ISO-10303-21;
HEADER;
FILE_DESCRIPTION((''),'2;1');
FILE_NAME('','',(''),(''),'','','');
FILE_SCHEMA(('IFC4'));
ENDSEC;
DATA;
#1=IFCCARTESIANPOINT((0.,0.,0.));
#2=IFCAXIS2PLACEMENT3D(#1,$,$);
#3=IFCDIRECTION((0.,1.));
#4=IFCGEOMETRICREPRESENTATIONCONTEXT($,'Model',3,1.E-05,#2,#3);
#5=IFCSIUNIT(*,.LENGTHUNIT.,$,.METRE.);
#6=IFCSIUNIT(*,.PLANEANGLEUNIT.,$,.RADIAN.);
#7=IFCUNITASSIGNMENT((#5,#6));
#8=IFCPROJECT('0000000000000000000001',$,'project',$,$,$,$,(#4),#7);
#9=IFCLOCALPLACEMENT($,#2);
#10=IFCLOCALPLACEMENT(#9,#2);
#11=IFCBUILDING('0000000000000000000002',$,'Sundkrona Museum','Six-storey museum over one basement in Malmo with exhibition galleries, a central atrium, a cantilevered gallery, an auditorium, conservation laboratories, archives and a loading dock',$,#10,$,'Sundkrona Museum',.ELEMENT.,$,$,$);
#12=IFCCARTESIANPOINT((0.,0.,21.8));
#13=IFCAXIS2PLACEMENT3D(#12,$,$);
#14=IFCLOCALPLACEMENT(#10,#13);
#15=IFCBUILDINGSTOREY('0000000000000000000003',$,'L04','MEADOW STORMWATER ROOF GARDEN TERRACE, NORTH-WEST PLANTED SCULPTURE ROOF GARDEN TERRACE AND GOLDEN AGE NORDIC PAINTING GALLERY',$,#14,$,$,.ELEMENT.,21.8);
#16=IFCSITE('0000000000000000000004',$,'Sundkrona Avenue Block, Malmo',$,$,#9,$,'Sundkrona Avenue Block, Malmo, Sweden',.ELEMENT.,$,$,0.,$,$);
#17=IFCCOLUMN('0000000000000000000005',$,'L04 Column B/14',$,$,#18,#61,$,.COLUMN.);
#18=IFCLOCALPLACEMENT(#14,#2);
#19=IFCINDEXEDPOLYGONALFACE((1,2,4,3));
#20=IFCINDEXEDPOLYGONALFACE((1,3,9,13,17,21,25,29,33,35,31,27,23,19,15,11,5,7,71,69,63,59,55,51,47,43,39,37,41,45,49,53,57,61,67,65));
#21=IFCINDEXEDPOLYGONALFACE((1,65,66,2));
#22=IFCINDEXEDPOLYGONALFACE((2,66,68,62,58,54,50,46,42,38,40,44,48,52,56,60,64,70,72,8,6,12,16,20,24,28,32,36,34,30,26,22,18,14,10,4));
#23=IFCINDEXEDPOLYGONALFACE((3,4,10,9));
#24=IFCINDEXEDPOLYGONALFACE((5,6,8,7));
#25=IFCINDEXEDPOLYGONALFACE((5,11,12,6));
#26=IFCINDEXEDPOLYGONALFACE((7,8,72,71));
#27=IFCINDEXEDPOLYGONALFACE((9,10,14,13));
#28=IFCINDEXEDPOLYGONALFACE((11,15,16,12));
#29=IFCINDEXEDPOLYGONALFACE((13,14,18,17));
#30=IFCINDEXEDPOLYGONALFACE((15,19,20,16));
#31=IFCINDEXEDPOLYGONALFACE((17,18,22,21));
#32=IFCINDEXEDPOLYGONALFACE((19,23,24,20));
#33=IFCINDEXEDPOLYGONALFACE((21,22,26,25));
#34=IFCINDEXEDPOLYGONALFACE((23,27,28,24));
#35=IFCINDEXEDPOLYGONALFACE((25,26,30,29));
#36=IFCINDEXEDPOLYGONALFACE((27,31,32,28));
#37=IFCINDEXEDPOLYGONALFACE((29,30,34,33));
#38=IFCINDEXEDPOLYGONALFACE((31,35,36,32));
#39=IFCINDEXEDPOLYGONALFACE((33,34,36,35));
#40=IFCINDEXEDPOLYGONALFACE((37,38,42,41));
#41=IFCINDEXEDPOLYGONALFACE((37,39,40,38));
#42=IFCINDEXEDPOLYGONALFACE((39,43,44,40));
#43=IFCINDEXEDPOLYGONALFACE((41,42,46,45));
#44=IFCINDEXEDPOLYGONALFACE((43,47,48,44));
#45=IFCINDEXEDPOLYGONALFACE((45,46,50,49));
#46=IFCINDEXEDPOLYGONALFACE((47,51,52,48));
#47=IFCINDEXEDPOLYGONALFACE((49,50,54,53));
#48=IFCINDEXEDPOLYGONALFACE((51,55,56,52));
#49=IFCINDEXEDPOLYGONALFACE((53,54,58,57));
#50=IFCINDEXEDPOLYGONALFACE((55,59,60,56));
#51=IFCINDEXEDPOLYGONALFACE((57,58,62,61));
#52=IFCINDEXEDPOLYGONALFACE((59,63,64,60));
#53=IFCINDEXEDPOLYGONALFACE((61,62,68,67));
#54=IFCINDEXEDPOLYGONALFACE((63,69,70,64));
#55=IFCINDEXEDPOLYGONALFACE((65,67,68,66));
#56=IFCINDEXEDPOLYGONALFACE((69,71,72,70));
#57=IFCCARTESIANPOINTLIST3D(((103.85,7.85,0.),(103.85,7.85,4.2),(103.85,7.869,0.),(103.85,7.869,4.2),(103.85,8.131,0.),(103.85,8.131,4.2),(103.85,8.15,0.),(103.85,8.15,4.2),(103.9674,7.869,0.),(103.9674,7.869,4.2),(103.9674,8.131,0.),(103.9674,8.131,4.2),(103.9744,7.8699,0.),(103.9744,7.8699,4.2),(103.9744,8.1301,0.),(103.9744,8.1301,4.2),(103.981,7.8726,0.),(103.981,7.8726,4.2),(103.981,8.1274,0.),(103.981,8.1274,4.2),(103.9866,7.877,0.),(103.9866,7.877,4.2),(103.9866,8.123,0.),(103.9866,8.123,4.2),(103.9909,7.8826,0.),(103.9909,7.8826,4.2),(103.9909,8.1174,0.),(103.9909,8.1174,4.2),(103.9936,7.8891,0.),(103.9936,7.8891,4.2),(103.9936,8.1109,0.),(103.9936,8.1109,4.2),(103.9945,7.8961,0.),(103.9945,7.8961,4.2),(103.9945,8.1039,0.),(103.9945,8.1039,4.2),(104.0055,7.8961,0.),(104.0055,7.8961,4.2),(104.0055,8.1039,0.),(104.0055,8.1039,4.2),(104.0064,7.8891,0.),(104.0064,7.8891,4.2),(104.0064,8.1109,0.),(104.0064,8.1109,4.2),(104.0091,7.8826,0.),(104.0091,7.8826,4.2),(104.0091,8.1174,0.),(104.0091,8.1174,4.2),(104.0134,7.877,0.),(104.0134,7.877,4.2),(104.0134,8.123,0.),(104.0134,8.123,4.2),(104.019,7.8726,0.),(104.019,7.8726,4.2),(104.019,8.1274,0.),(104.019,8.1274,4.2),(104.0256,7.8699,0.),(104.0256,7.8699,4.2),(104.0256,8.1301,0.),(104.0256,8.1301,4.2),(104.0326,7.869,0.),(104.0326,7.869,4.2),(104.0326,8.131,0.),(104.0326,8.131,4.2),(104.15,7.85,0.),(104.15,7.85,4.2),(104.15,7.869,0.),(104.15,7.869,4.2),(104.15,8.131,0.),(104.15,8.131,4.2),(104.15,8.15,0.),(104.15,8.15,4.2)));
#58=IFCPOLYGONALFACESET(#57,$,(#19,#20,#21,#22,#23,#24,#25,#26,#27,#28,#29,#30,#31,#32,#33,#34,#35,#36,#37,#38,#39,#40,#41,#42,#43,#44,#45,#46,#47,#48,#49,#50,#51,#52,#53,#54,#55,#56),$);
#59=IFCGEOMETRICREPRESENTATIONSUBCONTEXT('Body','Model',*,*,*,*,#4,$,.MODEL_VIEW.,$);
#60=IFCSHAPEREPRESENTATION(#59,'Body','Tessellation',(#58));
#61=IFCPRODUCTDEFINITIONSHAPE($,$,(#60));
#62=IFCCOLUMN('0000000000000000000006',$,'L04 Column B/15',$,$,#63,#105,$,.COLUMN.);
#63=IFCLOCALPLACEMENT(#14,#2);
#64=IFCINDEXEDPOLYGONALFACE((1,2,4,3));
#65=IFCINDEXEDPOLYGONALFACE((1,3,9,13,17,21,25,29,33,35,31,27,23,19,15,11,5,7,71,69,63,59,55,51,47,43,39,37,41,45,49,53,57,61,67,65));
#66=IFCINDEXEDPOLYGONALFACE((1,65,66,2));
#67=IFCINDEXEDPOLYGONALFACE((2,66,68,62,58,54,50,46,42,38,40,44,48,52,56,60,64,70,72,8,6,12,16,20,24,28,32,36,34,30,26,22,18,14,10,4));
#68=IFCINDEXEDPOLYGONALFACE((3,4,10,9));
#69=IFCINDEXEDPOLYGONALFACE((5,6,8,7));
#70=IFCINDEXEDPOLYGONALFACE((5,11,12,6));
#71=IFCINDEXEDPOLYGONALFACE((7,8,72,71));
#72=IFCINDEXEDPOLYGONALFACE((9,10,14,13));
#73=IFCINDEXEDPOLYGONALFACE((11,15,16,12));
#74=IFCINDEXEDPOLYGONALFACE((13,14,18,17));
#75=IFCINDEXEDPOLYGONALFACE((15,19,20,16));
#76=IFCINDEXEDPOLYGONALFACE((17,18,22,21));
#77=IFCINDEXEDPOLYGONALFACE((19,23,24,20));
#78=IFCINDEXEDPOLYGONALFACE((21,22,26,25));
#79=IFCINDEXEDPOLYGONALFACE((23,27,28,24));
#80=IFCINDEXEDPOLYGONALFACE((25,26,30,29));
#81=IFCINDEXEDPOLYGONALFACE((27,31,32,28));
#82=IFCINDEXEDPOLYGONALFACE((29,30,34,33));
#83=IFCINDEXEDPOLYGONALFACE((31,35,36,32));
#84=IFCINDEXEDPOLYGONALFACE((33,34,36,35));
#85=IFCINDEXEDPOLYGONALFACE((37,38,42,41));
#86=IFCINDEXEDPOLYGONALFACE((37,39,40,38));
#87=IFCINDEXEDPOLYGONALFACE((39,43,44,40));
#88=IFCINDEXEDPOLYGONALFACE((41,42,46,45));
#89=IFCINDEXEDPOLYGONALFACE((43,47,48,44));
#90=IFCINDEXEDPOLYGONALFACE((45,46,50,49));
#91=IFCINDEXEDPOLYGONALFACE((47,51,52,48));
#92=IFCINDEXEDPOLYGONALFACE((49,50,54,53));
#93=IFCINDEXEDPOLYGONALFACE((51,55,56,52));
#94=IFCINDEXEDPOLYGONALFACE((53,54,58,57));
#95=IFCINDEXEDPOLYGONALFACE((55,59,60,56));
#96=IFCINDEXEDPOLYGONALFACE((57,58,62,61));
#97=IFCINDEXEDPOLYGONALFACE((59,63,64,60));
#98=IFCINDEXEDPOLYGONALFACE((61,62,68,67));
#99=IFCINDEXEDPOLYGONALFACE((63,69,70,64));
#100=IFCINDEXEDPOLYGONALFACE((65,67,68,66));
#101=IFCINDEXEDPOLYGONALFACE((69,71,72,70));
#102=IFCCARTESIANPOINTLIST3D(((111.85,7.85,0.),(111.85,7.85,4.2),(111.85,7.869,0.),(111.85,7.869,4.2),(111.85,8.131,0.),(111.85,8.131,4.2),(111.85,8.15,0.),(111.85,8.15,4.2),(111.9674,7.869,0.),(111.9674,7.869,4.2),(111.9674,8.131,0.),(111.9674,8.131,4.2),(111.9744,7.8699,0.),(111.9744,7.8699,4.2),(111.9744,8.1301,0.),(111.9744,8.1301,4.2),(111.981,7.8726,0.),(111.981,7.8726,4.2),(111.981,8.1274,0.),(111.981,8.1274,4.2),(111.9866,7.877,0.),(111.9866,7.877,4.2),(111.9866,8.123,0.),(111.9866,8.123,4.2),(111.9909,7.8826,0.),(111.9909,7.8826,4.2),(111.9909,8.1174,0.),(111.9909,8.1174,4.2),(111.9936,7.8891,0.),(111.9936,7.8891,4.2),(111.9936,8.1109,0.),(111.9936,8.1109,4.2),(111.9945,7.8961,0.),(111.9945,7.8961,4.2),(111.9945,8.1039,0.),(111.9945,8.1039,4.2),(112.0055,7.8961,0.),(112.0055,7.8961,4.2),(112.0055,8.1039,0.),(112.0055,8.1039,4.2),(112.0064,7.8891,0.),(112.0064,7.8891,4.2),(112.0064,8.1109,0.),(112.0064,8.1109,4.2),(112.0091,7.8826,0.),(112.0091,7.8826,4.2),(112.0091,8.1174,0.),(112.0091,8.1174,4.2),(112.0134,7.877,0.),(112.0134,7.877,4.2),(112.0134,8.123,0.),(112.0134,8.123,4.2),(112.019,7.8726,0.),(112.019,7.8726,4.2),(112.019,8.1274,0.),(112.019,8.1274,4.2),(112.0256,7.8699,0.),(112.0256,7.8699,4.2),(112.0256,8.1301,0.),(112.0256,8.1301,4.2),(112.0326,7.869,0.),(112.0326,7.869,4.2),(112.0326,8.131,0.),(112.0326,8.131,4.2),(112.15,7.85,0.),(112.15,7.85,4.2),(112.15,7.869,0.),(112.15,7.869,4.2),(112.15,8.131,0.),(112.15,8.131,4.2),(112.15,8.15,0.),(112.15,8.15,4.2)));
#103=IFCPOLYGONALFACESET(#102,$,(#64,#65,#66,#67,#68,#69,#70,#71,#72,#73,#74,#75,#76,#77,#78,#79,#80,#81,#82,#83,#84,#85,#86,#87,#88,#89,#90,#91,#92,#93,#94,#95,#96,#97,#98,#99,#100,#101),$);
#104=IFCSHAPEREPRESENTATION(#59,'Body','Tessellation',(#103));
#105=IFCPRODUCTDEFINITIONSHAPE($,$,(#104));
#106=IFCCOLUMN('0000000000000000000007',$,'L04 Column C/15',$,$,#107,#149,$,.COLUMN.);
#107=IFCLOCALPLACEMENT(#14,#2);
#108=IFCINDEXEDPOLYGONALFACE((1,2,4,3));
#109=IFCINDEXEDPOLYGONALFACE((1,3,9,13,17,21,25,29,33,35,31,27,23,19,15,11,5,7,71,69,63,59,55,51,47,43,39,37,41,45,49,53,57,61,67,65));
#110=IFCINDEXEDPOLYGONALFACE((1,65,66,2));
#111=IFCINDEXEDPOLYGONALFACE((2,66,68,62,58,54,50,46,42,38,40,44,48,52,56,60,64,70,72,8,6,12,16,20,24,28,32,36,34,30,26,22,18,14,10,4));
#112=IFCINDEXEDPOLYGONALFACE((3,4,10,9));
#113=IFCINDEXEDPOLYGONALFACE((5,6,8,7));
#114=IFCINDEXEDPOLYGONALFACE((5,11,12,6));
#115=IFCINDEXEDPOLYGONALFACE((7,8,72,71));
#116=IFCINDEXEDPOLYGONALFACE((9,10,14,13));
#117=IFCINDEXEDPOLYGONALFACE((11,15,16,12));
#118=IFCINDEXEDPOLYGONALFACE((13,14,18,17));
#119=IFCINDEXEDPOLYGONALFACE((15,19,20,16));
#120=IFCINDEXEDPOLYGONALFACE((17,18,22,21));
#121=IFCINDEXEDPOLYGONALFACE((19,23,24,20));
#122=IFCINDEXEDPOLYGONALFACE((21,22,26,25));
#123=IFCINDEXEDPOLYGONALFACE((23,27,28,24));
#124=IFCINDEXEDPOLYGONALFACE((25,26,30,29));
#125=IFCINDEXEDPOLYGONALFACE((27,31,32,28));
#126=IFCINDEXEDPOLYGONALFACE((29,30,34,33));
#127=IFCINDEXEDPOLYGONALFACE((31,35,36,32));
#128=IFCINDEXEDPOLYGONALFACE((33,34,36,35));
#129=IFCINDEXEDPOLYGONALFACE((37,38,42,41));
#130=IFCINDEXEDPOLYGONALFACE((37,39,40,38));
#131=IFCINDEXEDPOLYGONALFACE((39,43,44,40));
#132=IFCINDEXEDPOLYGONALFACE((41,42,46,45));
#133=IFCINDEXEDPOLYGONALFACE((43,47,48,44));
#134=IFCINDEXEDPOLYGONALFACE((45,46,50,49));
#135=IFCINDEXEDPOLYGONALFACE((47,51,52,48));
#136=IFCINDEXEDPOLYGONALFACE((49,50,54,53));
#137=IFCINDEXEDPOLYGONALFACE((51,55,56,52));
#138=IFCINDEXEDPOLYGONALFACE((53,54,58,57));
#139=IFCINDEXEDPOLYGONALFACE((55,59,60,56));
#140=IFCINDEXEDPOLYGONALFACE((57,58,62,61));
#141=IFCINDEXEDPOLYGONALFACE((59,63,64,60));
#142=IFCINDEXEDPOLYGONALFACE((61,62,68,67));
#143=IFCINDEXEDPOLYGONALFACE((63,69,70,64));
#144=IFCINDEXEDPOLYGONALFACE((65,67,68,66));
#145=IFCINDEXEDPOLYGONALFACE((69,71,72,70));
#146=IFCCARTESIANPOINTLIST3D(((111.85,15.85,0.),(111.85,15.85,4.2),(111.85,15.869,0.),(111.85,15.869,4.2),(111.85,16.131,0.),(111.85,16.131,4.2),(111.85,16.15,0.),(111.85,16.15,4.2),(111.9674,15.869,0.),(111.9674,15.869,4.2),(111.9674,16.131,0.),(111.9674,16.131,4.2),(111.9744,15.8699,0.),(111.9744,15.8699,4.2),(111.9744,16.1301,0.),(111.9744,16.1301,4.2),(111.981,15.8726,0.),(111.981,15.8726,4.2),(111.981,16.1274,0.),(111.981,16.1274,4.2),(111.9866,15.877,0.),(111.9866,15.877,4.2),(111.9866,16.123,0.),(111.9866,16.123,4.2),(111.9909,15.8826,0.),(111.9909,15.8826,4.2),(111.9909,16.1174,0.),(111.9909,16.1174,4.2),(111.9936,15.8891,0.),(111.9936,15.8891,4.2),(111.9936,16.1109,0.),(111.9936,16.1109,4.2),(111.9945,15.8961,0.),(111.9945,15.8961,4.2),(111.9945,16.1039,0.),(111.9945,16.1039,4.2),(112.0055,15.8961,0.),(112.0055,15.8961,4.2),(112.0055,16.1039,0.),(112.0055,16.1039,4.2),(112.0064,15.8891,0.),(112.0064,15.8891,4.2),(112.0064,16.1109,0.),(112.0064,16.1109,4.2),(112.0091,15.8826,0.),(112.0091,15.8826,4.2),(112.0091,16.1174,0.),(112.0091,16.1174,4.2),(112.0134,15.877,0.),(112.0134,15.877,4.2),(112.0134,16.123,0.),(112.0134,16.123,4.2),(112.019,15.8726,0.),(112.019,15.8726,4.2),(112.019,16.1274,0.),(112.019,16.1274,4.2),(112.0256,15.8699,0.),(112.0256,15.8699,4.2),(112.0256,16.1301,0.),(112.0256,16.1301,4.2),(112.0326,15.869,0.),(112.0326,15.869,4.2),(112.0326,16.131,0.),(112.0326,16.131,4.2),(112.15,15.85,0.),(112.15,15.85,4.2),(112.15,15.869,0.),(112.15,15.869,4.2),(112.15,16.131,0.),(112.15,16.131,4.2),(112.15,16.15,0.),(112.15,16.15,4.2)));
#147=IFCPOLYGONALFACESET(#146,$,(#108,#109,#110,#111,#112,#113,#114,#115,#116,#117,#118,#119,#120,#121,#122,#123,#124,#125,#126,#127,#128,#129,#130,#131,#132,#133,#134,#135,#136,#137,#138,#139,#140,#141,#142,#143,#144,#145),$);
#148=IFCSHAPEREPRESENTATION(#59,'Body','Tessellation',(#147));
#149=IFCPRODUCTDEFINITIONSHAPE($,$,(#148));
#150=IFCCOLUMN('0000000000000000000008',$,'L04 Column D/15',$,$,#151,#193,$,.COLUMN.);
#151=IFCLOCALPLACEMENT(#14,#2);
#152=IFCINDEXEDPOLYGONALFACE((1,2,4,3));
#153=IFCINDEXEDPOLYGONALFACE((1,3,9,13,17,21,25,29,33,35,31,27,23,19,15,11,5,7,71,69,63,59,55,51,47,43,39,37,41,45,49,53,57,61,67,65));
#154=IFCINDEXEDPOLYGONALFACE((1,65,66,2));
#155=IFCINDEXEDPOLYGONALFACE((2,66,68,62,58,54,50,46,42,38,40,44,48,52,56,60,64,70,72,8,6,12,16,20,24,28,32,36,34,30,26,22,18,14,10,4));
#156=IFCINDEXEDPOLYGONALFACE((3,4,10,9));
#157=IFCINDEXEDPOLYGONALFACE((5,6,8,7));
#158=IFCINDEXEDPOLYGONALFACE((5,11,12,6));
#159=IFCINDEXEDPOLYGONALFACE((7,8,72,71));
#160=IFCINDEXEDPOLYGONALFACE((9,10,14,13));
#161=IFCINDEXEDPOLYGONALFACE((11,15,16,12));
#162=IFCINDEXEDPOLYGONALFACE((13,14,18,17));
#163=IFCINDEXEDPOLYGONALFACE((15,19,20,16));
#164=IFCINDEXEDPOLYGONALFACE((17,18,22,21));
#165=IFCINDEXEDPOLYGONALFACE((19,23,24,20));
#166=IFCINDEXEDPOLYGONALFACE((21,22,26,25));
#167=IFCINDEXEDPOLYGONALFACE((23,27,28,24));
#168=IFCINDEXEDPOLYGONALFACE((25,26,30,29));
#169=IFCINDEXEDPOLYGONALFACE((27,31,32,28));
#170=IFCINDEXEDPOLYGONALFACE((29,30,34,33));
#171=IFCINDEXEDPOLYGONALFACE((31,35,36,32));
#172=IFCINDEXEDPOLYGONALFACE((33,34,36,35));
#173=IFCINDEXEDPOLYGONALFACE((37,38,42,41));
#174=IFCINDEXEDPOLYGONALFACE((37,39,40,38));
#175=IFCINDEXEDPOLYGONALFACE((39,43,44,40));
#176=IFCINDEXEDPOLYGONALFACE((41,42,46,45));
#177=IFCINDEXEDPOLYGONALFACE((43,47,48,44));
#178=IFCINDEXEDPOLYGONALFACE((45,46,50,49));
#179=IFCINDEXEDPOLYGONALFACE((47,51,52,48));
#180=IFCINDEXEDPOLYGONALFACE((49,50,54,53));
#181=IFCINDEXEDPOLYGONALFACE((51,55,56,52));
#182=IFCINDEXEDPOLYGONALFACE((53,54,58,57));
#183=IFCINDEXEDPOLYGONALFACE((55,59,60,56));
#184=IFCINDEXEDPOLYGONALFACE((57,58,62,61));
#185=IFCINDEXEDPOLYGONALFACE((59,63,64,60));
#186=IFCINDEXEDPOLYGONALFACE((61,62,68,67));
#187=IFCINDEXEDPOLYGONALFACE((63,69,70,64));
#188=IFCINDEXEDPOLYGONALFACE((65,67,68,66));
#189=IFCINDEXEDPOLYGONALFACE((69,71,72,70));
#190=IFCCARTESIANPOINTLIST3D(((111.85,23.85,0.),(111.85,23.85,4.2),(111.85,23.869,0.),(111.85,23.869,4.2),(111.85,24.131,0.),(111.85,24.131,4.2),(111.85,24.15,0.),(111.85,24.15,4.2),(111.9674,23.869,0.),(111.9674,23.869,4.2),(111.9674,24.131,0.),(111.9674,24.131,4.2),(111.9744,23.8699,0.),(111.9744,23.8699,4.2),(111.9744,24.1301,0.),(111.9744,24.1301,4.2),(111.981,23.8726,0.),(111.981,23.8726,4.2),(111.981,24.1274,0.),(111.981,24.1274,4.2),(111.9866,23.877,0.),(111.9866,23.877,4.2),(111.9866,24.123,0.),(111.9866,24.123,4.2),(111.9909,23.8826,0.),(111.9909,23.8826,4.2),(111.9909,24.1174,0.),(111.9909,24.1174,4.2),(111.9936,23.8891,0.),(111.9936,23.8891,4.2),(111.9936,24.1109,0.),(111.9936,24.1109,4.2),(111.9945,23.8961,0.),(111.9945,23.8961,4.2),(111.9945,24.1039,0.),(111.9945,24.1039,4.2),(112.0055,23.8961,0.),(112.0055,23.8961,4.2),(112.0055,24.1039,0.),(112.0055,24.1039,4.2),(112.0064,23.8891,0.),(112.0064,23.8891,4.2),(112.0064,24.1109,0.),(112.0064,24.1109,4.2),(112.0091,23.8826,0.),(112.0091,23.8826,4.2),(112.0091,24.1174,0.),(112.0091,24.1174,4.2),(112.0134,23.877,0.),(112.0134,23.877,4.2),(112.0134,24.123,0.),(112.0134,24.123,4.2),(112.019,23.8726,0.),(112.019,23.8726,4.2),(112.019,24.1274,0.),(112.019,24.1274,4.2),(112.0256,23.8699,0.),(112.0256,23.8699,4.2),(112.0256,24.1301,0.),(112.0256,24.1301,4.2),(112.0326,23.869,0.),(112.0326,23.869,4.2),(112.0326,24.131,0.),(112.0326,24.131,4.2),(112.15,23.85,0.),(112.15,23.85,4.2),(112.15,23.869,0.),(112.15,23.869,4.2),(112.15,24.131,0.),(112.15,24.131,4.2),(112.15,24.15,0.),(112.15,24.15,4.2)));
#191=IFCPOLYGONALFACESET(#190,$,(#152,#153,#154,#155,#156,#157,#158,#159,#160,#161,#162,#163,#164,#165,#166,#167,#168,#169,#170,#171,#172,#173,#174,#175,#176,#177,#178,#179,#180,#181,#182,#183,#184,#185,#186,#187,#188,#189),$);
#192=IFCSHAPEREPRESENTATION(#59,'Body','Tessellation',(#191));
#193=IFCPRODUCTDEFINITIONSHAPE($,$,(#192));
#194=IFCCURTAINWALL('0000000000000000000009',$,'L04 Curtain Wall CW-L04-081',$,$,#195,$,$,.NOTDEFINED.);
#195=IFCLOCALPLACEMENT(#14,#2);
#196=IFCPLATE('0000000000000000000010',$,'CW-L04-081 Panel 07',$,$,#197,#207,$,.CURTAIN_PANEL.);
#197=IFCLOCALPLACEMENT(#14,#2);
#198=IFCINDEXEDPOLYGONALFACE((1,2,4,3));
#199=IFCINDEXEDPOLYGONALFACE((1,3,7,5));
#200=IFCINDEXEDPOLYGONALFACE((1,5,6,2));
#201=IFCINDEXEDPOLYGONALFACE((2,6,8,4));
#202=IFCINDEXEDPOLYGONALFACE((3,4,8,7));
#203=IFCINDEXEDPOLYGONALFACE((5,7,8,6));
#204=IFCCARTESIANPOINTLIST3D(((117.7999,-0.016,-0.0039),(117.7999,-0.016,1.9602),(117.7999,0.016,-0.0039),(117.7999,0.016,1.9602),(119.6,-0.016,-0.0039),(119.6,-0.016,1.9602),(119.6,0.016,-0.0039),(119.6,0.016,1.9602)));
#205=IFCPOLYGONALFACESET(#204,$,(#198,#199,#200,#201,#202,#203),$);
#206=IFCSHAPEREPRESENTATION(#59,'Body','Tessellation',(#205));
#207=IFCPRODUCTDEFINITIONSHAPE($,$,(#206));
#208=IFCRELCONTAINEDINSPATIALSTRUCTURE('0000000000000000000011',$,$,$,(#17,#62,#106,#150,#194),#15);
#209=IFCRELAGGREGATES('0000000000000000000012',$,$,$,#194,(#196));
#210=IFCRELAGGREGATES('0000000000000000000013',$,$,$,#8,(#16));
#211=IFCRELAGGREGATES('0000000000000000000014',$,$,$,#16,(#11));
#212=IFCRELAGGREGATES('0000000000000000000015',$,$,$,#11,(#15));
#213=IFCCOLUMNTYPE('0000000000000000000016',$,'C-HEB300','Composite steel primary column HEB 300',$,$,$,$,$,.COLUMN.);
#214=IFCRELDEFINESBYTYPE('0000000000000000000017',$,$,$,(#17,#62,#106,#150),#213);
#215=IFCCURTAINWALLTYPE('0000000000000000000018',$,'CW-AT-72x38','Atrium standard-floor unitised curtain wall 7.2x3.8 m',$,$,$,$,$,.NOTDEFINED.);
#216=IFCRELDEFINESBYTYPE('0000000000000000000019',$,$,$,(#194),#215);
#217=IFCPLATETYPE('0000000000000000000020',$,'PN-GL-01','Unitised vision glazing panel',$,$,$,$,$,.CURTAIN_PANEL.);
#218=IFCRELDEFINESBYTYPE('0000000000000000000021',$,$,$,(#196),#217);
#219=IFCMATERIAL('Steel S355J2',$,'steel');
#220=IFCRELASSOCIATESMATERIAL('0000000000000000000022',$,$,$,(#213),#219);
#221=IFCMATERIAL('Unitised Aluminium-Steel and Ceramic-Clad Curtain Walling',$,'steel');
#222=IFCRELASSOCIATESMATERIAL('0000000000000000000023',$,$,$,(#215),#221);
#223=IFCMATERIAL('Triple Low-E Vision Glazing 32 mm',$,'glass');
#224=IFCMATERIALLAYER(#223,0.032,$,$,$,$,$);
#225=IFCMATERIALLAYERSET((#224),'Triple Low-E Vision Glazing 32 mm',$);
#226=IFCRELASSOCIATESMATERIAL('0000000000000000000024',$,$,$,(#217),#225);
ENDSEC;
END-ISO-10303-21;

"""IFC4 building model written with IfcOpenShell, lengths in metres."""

from ifc_helpers import new_model, si_unit, direction, frame, origin, origin_2d, place, context, subcontext, project, spatial, rectangle, i_section, extrude, material, layer, layer_set, material_profile, profile_set, type_object, element, aggregate, save


model = new_model("IFC4")

# Units and contexts
model_context = context("Model", 3, precision=1e-05, world=origin(), true_north=direction((0.0, 1.0)))
body_context = subcontext(model_context, "Body", "Model", "MODEL_VIEW")
ifc_project = project(units=[si_unit("LENGTHUNIT", "METRE"), si_unit("PLANEANGLEUNIT", "RADIAN")], contexts=[model_context])

# Site, building, storey
site_placement = place(None, origin())
site = spatial("IfcSite", under=ifc_project, at=site_placement, Name="Sundkrona Avenue Block, Malmo", LongName="Sundkrona Avenue Block, Malmo, Sweden", CompositionType="ELEMENT", RefElevation=0.0)
building_placement = place(site_placement, origin())
building = spatial("IfcBuilding", under=site, at=building_placement, Name="Sundkrona Museum", Description="Six-storey museum over one basement in Malmo with exhibition galleries, a central atrium, a cantilevered gallery, an auditorium, conservation laboratories, archives and a loading dock", LongName="Sundkrona Museum", CompositionType="ELEMENT")
storey_placement = place(building_placement, frame((0.0, 0.0, 21.8)))
storey = spatial("IfcBuildingStorey", under=building, at=storey_placement, Name="L04", Description="MEADOW STORMWATER ROOF GARDEN TERRACE, NORTH-WEST PLANTED SCULPTURE ROOF GARDEN TERRACE AND GOLDEN AGE NORDIC PAINTING GALLERY", CompositionType="ELEMENT", Elevation=21.8)

# Columns
ifc_material_1 = material(Name="Steel S355J2", Category="steel")
ifc_material_profile = material_profile(ifc_material_1, i_section(OverallWidth=0.3, OverallDepth=0.3, WebThickness=0.011, FlangeThickness=0.019, FilletRadius=0.0271, at=origin_2d()), Name="HEB 300")
ifc_profile_set = profile_set([ifc_material_profile], Name="Steel S355J2")
column_type = type_object("IfcColumnType", Name="C-HEB300", Description="Composite steel primary column HEB 300", PredefinedType="COLUMN", material=ifc_profile_set)
for number, where, z_axis, x_axis, name in (
    (1, (104.0, 8.0, 0.0), (0.0, 0.0, 1.0), (1.0, 0.0, 0.0), "L04 Column B/14"),
    (2, (112.0, 8.0, 0.0), (0.0, 0.0, 1.0), (1.0, 0.0, 0.0), "L04 Column B/15"),
    (3, (112.0, 16.0, 0.0), (0.0, 0.0, 1.0), (1.0, 0.0, 0.0), "L04 Column C/15"),
    (4, (112.0, 24.0, 0.0), (0.0, 0.0, 1.0), (1.0, 0.0, 0.0), "L04 Column D/15"),
):
    element("IfcColumn", number, at=place(storey_placement, frame(where, z_axis=z_axis, x_axis=x_axis)), inside=storey, type_object=column_type, Name=name, PredefinedType="COLUMN", context=body_context, shape_type="SweptSolid", body=[
        extrude(i_section(OverallWidth=0.3, OverallDepth=0.3, WebThickness=0.011, FlangeThickness=0.019, FilletRadius=0.0271, at=origin_2d()), origin(), (0.0, 0.0, 1.0), 4.2),
    ])

# Curtain wall, plate
ifc_material_2 = material(Name="Unitised Aluminium-Steel and Ceramic-Clad Curtain Walling", Category="steel")
curtain_wall_type = type_object("IfcCurtainWallType", Name="CW-AT-72x38", Description="Atrium standard-floor unitised curtain wall 7.2x3.8 m", PredefinedType="NOTDEFINED", material=ifc_material_2)
curtain_wall_placement = place(storey_placement, origin())
curtain_wall = element("IfcCurtainWall", 5, at=curtain_wall_placement, inside=storey, type_object=curtain_wall_type, Name="L04 Curtain Wall CW-L04-081", PredefinedType="NOTDEFINED")
ifc_material_3 = material(Name="Triple Low-E Vision Glazing 32 mm", Category="glass")
ifc_layer_1 = layer(ifc_material_3, 0.032)
ifc_layer_set_1 = layer_set([ifc_layer_1], Name="Triple Low-E Vision Glazing 32 mm")
plate_type = type_object("IfcPlateType", Name="PN-GL-01", Description="Unitised vision glazing panel", PredefinedType="CURTAIN_PANEL", material=ifc_layer_set_1)
plate_placement = place(storey_placement, frame((118.7, 0.0, -0.0039), z_axis=(0.0, 0.0, 1.0), x_axis=(1.0, 0.0, 0.0)))
plate = element("IfcPlate", 6, at=plate_placement, type_object=plate_type, Name="CW-L04-081 Panel 07", PredefinedType="CURTAIN_PANEL", context=body_context, shape_type="SweptSolid", body=[
    extrude(rectangle(XDim=1.8, YDim=0.032, at=origin_2d()), origin(), (0.0, 0.0, 1.0), 1.9641),
])
aggregate(curtain_wall, [plate])

save(model, "model.ifc")
